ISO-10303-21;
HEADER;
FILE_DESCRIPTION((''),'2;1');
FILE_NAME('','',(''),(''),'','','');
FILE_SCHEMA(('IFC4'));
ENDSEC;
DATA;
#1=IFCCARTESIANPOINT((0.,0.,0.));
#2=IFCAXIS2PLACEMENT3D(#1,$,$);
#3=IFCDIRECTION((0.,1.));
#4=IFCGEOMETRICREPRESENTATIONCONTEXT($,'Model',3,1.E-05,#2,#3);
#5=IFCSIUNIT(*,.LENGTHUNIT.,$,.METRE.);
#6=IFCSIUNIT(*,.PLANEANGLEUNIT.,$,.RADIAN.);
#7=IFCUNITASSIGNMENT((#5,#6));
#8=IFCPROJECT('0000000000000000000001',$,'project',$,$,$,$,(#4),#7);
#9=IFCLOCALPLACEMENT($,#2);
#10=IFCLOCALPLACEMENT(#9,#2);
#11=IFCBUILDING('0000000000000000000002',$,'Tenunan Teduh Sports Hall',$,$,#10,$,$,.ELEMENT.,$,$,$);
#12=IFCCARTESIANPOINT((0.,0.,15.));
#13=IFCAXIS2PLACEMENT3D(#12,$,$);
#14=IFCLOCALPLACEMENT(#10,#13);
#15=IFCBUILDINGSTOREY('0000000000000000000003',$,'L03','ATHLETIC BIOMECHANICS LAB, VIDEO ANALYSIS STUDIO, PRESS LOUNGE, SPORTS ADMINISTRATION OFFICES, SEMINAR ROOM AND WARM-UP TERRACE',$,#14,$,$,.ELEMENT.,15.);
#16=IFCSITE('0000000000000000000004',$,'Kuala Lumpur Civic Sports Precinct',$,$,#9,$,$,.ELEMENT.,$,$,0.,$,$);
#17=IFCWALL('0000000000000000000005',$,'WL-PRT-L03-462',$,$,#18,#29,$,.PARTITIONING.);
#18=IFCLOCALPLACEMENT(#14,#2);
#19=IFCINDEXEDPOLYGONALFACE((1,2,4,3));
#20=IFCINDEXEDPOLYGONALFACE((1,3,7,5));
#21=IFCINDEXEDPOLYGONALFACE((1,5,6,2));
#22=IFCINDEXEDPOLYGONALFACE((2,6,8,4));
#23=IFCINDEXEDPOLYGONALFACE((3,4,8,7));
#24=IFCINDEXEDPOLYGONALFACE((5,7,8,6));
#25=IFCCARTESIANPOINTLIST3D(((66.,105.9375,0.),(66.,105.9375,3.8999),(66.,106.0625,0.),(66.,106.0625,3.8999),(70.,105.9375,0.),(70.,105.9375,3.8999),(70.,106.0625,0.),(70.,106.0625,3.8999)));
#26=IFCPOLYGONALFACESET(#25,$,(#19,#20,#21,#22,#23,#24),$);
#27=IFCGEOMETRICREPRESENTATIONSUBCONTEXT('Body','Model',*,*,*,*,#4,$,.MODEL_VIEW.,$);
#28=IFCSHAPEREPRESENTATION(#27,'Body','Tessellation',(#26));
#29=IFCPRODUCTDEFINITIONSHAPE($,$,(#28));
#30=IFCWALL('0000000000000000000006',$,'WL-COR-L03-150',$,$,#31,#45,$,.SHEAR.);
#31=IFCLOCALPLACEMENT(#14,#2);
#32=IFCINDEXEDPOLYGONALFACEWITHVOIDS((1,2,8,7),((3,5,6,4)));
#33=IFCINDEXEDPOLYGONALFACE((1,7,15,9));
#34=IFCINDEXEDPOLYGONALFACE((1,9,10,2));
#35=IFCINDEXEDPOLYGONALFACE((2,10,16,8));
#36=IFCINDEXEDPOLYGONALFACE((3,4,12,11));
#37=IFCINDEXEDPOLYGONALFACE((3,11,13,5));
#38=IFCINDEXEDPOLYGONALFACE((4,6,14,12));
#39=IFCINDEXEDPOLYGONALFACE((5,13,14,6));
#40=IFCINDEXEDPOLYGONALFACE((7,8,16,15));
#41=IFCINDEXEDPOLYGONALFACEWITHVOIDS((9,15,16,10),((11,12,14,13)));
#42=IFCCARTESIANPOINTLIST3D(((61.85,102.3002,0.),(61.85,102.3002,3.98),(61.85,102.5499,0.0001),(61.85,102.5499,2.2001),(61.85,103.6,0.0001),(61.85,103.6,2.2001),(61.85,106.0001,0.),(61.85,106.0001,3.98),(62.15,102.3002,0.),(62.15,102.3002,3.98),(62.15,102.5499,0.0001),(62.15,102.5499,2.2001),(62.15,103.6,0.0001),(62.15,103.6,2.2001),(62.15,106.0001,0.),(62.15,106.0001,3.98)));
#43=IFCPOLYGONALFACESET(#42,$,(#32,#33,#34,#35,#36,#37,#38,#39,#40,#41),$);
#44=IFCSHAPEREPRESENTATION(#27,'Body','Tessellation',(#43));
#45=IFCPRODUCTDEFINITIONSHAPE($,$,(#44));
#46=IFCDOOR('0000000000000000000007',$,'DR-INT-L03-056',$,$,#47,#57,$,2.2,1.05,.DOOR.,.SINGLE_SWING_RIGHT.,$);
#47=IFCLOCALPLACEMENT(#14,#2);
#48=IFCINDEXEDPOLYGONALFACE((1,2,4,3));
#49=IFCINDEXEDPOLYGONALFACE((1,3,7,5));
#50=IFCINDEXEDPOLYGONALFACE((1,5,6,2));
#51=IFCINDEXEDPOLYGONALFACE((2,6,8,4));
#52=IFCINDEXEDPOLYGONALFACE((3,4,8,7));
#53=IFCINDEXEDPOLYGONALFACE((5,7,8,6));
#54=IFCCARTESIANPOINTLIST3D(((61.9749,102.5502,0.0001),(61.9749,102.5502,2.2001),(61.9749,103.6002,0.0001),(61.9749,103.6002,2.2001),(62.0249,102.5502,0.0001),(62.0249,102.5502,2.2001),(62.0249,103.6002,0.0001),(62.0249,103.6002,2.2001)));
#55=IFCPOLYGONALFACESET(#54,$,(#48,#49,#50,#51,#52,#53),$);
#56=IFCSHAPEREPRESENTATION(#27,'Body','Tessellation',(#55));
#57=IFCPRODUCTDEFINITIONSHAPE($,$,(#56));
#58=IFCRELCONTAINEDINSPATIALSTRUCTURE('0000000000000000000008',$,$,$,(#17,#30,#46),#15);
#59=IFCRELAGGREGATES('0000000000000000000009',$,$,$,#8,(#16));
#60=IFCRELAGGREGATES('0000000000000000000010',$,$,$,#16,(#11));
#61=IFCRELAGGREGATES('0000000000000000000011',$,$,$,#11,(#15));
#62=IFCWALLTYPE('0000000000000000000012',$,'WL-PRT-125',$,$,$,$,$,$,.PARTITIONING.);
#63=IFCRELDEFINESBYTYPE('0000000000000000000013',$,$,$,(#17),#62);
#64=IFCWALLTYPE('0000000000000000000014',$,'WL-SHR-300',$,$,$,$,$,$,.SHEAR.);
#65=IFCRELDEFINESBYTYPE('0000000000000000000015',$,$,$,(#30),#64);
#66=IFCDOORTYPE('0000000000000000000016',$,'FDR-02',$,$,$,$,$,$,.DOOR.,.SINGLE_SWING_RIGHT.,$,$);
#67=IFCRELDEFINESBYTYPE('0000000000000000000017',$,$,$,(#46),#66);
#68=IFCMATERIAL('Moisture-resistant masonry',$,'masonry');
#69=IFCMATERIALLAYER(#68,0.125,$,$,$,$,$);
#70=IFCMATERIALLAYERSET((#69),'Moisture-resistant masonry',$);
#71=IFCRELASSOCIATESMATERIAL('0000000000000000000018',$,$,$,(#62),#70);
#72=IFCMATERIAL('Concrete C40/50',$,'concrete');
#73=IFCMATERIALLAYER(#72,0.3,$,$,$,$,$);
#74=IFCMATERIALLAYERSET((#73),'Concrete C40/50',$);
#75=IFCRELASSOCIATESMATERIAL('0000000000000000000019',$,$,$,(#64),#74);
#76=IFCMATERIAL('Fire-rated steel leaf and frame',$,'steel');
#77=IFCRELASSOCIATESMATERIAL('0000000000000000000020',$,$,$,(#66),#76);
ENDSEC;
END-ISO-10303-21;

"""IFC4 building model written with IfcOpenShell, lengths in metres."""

from ifc_helpers import new_model, si_unit, direction, frame, frame_2d, origin, place, context, subcontext, project, spatial, rectangle, extrude, material, layer, layer_set, type_object, element, fill, save


model = new_model("IFC4")

# Units and contexts
model_context = context("Model", 3, precision=1e-05, world=origin(), true_north=direction((0.0, 1.0)))
body_context = subcontext(model_context, "Body", "Model", "MODEL_VIEW")
ifc_project = project(units=[si_unit("LENGTHUNIT", "METRE"), si_unit("PLANEANGLEUNIT", "RADIAN")], contexts=[model_context])

# Site, building, storey
site_placement = place(None, origin())
site = spatial("IfcSite", under=ifc_project, at=site_placement, Name="Kuala Lumpur Civic Sports Precinct", CompositionType="ELEMENT", RefElevation=0.0)
building_placement = place(site_placement, origin())
building = spatial("IfcBuilding", under=site, at=building_placement, Name="Tenunan Teduh Sports Hall", CompositionType="ELEMENT")
storey_placement = place(building_placement, frame((0.0, 0.0, 15.0)))
storey = spatial("IfcBuildingStorey", under=building, at=storey_placement, Name="L03", Description="ATHLETIC BIOMECHANICS LAB, VIDEO ANALYSIS STUDIO, PRESS LOUNGE, SPORTS ADMINISTRATION OFFICES, SEMINAR ROOM AND WARM-UP TERRACE", CompositionType="ELEMENT", Elevation=15.0)

# Shared definitions
ifc_material_1 = material(Name="Moisture-resistant masonry", Category="masonry")
ifc_layer_1 = layer(ifc_material_1, 0.125)
ifc_layer_set_1 = layer_set([ifc_layer_1], Name="Moisture-resistant masonry")
wall_type_1 = type_object("IfcWallType", Name="WL-PRT-125", PredefinedType="PARTITIONING", material=ifc_layer_set_1)

# Wall
wall_1_placement = place(storey_placement, frame((66.0, 106.0, 0.0), z_axis=(0.0, 0.0, 1.0), x_axis=(1.0, 0.0, 0.0)))
element("IfcWall", 1, at=wall_1_placement, inside=storey, type_object=wall_type_1, Name="WL-PRT-L03-462", PredefinedType="PARTITIONING", context=body_context, shape_type="SweptSolid", body=[
    extrude(rectangle(XDim=4.0, YDim=0.125, at=frame_2d((2.0, 0.0))), origin(), (0.0, 0.0, 1.0), 3.8999),
])

# Wall, opening, door
ifc_material_2 = material(Name="Concrete C40/50", Category="concrete")
ifc_layer_2 = layer(ifc_material_2, 0.3)
ifc_layer_set_2 = layer_set([ifc_layer_2], Name="Concrete C40/50")
wall_type_2 = type_object("IfcWallType", Name="WL-SHR-300", PredefinedType="SHEAR", material=ifc_layer_set_2)
wall_2_placement = place(storey_placement, frame((62.0, 102.3, 0.0), z_axis=(0.0, 0.0, 1.0), x_axis=(0.0, 1.0, 0.0)))
wall_2 = element("IfcWall", 2, at=wall_2_placement, inside=storey, type_object=wall_type_2, Name="WL-COR-L03-150", PredefinedType="SHEAR", context=body_context, shape_type="SweptSolid", body=[
    extrude(rectangle(XDim=3.7, YDim=0.3, at=frame_2d((1.8501, 0.0))), origin(), (0.0, 0.0, 1.0), 3.98),
])
opening_1_placement = place(wall_2_placement, frame((0.25, 0.0, 0.0)))
opening_1 = element("IfcOpeningElement", 3, at=opening_1_placement, cuts=wall_2, PredefinedType="OPENING", context=body_context, shape_type="SweptSolid", body=[
    extrude(rectangle(XDim=1.05, YDim=2.2, at=frame_2d((0.5249, 1.1001))), frame((0.0, 0.1599, 0.0), z_axis=(0.0, -1.0, 0.0), x_axis=(1.0, 0.0, 0.0)), (0.0, 0.0, 1.0), 0.3201),
])
ifc_material_3 = material(Name="Fire-rated steel leaf and frame", Category="steel")
door_type_1 = type_object("IfcDoorType", Name="FDR-02", OperationType="SINGLE_SWING_RIGHT", PredefinedType="DOOR", material=ifc_material_3)
door_1_placement = place(opening_1_placement, frame((1.05, 0.0, 0.0), z_axis=(0.0, 0.0, 1.0), x_axis=(-1.0, 0.0, 0.0)))
door_1 = element("IfcDoor", 4, at=door_1_placement, inside=storey, type_object=door_type_1, Name="DR-INT-L03-056", OperationType="SINGLE_SWING_RIGHT", OverallHeight=2.2, OverallWidth=1.05, PredefinedType="DOOR", context=body_context, shape_type="SweptSolid", body=[
    extrude(rectangle(XDim=1.05, YDim=2.2, at=frame_2d((0.5249, 1.1001))), frame((0.0, 0.0249, 0.0), z_axis=(0.0, -1.0, 0.0), x_axis=(1.0, 0.0, 0.0)), (0.0, 0.0, 1.0), 0.05),
])
fill(opening_1, door_1)

save(model, "model.ifc")
